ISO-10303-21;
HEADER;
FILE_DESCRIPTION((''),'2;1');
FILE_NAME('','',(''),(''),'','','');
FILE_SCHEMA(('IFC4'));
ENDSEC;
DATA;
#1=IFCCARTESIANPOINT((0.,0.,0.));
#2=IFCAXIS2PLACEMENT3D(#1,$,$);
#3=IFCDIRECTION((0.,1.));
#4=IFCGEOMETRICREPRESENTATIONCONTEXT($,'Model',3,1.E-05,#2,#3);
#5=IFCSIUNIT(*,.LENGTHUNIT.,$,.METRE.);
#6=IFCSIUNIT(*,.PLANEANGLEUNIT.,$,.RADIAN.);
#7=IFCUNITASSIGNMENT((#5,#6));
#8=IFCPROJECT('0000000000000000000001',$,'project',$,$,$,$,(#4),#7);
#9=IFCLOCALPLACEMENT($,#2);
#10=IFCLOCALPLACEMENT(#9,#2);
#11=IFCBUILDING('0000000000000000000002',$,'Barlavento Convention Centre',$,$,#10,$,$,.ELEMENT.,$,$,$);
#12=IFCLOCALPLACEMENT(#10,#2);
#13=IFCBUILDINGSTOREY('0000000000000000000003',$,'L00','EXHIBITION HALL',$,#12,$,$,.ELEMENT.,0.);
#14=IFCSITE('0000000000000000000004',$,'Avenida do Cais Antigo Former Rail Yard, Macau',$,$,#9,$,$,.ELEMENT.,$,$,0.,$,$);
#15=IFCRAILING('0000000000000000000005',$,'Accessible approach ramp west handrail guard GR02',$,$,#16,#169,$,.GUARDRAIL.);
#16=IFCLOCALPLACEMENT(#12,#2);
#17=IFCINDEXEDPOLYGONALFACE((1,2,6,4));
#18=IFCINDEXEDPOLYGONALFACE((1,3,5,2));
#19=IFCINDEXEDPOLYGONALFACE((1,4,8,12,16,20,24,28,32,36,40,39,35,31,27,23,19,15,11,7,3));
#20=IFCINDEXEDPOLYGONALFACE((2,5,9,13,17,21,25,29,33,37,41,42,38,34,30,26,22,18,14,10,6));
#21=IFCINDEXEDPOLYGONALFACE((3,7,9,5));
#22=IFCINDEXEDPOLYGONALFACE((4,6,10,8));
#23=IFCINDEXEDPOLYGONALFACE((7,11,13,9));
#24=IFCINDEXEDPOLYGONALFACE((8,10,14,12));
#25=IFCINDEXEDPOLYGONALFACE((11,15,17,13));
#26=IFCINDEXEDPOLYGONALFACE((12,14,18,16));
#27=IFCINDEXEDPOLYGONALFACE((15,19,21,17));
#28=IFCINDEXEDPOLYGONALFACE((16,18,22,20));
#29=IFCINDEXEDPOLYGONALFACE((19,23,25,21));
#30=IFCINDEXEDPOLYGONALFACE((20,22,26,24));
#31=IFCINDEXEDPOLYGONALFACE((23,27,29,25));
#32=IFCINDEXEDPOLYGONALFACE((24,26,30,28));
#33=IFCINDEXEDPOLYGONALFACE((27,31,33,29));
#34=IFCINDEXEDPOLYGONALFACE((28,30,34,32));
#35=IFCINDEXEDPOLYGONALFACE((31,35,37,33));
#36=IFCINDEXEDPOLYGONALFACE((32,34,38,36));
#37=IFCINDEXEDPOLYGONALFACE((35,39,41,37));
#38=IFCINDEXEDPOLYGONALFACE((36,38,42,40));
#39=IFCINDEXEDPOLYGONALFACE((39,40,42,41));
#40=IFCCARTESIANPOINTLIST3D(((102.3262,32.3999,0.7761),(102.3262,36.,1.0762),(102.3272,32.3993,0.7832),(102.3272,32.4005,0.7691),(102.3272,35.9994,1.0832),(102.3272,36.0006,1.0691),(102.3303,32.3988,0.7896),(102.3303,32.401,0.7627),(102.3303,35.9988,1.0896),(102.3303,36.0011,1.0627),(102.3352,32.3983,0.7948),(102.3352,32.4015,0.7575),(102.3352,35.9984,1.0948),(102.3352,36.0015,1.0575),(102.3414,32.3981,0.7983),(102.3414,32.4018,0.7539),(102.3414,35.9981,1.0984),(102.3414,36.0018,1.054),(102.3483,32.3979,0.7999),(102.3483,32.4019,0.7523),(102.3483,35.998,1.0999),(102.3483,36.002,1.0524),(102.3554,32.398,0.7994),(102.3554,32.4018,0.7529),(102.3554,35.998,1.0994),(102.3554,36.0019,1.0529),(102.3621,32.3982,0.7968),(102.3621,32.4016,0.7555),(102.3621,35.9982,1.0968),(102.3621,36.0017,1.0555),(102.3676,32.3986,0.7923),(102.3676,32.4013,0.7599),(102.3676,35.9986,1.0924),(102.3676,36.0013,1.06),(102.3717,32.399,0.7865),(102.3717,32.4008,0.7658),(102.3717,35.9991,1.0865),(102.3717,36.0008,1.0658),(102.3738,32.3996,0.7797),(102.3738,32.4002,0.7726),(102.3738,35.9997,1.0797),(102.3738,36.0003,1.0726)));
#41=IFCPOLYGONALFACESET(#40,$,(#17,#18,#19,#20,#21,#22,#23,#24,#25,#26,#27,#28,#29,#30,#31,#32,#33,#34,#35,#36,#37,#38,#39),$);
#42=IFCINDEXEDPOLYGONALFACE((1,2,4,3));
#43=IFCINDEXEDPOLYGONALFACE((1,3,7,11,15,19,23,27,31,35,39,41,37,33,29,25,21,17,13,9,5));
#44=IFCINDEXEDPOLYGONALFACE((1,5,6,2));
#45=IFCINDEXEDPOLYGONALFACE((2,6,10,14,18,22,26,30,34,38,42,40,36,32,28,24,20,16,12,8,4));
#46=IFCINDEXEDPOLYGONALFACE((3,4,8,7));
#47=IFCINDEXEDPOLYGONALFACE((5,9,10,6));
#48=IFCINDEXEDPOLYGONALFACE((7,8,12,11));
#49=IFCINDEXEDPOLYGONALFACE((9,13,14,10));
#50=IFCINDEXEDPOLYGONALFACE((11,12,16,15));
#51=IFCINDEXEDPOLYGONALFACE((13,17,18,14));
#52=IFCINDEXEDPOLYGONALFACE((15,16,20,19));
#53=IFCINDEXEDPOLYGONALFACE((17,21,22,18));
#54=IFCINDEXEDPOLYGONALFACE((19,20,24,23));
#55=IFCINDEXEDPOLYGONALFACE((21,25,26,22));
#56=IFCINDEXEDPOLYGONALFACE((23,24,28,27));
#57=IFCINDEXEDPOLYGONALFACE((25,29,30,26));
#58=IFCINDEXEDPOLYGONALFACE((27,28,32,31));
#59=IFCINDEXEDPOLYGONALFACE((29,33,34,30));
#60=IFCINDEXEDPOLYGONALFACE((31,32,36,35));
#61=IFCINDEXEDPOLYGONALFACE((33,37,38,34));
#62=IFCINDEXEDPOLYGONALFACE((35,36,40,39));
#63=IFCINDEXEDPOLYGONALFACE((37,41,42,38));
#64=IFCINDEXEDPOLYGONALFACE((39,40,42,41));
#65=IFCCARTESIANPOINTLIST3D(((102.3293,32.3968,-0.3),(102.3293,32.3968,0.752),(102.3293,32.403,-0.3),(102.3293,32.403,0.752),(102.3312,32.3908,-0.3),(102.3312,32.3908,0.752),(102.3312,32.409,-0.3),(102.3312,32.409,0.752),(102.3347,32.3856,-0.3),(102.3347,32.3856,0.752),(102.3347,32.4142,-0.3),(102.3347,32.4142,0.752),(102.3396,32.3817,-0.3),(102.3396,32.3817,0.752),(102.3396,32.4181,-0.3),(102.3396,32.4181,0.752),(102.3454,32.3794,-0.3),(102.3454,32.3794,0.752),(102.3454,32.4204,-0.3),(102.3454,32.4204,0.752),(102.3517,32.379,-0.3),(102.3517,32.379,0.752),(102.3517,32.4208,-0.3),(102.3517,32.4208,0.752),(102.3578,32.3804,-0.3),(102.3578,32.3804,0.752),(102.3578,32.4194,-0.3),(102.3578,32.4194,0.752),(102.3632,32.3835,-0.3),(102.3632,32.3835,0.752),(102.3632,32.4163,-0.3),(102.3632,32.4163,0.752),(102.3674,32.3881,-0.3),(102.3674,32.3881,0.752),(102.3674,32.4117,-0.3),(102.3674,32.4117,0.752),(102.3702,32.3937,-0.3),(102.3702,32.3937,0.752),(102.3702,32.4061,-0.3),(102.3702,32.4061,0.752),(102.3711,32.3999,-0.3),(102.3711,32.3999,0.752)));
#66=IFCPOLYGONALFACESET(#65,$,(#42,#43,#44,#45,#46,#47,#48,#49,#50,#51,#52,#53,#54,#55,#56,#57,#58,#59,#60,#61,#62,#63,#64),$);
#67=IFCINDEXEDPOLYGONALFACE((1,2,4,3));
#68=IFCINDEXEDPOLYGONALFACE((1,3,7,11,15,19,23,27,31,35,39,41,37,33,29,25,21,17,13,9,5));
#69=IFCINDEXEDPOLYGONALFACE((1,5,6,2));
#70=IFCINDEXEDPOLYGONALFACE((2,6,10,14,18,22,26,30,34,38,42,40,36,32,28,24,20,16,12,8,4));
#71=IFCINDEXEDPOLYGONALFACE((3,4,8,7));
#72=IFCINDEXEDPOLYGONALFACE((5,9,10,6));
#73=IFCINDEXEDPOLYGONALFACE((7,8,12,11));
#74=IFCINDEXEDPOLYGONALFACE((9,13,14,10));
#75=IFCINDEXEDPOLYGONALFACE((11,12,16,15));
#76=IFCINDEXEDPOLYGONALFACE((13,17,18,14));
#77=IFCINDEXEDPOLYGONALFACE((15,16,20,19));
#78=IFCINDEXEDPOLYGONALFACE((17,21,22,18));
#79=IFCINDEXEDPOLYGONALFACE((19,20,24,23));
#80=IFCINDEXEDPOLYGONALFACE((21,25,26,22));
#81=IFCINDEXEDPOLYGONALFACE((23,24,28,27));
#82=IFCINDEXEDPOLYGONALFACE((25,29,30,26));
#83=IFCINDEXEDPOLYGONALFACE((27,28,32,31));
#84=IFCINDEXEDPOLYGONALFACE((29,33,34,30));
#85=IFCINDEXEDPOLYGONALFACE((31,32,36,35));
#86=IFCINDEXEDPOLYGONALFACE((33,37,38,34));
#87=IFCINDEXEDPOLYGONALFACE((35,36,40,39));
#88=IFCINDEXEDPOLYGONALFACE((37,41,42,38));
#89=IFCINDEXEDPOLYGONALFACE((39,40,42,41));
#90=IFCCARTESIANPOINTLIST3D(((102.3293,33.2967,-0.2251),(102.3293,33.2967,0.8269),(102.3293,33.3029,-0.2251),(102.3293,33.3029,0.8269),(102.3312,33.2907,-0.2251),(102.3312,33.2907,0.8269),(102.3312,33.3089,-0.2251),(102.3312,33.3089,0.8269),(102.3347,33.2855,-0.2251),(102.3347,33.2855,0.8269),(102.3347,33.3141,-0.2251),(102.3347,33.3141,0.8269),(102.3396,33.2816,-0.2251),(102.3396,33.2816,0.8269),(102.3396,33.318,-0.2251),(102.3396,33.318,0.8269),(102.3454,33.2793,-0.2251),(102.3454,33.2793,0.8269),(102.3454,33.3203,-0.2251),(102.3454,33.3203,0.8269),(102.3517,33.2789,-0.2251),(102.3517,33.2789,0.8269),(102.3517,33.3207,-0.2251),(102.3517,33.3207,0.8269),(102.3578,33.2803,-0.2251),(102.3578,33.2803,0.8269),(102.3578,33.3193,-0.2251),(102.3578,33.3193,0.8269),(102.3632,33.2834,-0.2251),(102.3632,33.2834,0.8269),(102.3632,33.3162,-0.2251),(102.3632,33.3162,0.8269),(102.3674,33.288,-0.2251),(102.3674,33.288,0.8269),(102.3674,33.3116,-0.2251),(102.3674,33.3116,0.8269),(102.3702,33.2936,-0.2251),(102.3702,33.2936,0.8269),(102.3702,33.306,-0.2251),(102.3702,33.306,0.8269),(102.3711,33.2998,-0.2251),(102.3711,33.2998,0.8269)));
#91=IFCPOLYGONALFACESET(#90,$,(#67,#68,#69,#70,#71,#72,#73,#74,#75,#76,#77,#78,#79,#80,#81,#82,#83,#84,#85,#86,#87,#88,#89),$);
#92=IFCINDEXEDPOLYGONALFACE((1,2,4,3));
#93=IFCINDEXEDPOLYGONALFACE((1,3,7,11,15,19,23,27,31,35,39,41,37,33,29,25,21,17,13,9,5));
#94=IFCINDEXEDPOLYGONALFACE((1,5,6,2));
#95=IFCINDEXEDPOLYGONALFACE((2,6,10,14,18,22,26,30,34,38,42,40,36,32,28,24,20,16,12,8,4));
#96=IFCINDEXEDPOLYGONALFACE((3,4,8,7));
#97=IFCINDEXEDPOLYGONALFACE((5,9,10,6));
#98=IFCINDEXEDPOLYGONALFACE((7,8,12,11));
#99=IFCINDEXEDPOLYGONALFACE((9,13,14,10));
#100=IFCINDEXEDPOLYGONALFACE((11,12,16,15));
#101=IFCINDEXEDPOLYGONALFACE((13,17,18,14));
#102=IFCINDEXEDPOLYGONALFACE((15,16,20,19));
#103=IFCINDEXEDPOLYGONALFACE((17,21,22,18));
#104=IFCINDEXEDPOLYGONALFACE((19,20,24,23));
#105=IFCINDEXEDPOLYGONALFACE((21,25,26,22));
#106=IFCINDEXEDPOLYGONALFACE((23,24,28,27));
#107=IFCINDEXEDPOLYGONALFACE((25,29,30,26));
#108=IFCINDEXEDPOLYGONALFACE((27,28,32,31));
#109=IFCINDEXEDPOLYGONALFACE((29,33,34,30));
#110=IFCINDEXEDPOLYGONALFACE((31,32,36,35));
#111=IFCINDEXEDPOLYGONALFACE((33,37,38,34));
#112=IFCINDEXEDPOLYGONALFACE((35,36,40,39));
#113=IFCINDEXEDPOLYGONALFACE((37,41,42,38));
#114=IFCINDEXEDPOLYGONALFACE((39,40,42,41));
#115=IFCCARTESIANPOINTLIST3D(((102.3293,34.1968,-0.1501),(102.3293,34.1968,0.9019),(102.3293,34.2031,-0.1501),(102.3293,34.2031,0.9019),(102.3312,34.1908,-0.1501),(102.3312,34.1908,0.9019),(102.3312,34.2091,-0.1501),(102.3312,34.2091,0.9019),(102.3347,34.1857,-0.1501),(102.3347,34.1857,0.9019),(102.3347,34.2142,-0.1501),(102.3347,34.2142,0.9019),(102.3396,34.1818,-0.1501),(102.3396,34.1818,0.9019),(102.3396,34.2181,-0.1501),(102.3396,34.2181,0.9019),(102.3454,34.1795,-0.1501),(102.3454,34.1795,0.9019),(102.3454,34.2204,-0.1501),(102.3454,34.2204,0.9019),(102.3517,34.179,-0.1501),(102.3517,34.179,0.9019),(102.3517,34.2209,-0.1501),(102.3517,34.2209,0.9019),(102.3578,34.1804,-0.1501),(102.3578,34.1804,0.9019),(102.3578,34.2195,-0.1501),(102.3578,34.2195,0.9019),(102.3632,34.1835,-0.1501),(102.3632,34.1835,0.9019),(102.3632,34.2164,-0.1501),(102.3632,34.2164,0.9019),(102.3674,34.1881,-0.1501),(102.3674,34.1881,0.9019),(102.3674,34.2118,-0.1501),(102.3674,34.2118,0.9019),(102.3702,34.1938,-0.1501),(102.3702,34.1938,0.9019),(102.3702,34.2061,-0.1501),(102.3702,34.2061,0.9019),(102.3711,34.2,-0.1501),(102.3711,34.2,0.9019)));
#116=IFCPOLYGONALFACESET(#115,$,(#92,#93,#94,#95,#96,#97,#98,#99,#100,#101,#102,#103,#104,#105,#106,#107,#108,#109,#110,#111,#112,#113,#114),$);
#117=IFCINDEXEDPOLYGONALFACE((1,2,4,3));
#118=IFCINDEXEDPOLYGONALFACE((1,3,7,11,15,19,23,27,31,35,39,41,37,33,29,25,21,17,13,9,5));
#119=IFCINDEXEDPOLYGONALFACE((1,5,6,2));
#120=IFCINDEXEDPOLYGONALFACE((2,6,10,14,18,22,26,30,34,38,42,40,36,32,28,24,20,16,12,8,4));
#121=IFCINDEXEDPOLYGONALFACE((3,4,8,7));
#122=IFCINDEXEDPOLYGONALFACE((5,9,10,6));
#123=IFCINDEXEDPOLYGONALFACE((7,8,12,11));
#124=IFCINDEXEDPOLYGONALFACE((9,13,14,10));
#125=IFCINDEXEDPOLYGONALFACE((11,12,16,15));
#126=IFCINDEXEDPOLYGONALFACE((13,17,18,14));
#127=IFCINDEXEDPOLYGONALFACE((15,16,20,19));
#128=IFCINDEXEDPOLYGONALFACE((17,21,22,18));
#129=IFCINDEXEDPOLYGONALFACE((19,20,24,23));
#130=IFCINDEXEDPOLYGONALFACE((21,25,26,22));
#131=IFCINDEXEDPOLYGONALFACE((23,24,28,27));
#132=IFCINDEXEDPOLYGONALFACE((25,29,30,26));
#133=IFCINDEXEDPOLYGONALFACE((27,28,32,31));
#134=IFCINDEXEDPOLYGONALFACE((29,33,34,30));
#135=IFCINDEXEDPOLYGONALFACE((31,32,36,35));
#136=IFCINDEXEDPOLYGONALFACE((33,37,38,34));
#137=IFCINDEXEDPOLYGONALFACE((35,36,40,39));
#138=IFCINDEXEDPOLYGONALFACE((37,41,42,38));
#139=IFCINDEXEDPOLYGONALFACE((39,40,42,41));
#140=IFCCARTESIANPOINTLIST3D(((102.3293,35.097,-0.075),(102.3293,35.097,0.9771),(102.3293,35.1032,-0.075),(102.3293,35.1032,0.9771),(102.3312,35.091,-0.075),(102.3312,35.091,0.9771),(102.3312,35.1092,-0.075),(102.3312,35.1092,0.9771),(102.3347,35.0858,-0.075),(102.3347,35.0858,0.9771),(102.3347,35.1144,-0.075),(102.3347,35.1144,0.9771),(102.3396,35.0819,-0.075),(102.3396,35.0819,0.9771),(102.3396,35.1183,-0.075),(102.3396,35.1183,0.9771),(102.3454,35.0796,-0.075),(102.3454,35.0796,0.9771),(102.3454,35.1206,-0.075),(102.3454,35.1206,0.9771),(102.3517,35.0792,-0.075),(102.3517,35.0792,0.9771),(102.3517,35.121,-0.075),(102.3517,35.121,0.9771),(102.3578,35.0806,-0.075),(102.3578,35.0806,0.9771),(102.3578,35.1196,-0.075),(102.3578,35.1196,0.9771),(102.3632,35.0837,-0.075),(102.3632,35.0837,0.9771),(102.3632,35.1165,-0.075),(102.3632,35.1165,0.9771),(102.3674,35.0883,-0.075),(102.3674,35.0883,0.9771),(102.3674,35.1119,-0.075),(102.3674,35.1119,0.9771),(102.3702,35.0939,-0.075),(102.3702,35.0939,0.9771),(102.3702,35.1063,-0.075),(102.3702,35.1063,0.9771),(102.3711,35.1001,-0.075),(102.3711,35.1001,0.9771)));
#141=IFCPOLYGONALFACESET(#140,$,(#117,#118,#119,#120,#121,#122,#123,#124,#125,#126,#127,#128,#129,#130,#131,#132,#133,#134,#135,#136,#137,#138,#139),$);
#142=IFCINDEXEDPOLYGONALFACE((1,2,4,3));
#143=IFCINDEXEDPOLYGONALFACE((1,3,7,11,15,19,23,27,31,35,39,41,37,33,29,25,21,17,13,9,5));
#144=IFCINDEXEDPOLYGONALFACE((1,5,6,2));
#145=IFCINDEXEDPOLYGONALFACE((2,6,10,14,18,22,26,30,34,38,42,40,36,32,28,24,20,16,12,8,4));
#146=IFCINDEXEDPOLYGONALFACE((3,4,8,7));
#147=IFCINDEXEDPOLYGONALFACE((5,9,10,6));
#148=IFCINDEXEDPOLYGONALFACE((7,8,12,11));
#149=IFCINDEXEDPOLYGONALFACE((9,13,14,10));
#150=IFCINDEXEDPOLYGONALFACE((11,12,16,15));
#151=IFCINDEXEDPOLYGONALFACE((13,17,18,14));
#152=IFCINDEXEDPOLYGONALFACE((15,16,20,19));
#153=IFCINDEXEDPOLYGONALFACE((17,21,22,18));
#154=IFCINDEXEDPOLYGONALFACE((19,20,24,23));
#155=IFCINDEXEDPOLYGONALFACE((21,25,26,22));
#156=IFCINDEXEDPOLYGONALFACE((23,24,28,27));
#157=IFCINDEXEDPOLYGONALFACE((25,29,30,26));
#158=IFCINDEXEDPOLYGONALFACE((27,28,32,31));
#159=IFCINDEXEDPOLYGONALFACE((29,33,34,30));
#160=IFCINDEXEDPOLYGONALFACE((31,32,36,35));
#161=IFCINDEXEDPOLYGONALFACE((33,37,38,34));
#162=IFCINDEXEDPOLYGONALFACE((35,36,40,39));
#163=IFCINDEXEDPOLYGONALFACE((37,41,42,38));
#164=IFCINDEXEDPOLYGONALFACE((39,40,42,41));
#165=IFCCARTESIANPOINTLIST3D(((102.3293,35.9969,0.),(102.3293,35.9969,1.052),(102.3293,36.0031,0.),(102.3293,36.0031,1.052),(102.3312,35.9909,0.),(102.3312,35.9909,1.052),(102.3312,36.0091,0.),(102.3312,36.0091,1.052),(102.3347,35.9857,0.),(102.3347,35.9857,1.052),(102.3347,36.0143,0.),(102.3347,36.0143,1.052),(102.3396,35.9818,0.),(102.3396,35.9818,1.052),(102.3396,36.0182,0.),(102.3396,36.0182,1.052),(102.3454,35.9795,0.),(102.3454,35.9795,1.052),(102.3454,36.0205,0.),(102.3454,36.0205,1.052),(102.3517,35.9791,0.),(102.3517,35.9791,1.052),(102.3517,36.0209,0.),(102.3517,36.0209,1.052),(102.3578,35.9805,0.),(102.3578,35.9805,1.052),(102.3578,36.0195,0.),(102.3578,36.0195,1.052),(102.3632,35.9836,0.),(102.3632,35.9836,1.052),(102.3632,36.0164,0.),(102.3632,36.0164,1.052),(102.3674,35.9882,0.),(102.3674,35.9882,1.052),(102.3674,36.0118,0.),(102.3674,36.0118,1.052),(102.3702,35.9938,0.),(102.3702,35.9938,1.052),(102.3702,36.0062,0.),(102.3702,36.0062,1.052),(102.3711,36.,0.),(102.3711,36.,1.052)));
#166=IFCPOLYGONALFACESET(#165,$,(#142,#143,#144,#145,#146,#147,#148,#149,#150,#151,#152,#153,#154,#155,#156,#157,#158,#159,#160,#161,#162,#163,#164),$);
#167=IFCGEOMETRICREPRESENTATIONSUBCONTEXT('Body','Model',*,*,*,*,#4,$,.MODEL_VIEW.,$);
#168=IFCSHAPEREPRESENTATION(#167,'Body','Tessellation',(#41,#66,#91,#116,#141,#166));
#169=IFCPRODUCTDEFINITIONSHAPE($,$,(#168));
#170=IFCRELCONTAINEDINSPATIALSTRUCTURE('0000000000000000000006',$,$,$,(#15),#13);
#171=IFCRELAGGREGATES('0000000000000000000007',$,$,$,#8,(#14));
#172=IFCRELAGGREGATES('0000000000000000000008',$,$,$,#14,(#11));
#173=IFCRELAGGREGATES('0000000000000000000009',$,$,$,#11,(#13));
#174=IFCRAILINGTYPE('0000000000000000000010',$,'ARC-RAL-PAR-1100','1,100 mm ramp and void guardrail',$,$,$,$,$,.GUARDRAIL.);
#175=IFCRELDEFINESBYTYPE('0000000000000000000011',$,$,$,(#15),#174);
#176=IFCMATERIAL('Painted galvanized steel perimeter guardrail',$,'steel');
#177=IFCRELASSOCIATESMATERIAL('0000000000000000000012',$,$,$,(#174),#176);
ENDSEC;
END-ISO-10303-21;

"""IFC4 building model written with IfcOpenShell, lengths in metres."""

from ifc_helpers import new_model, si_unit, direction, frame, origin, origin_2d, place, context, subcontext, project, spatial, circle, extrude, material, type_object, element, save


model = new_model("IFC4")

# Units and contexts
model_context = context("Model", 3, precision=1e-05, world=origin(), true_north=direction((0.0, 1.0)))
body_context = subcontext(model_context, "Body", "Model", "MODEL_VIEW")
ifc_project = project(units=[si_unit("LENGTHUNIT", "METRE"), si_unit("PLANEANGLEUNIT", "RADIAN")], contexts=[model_context])

# Site, building, storey
site_placement = place(None, origin())
site = spatial("IfcSite", under=ifc_project, at=site_placement, Name="Avenida do Cais Antigo Former Rail Yard, Macau", CompositionType="ELEMENT", RefElevation=0.0)
building_placement = place(site_placement, origin())
building = spatial("IfcBuilding", under=site, at=building_placement, Name="Barlavento Convention Centre", CompositionType="ELEMENT")
storey_placement = place(building_placement, origin())
storey = spatial("IfcBuildingStorey", under=building, at=storey_placement, Name="L00", Description="EXHIBITION HALL", CompositionType="ELEMENT", Elevation=0.0)

# Railing
ifc_material_1 = material(Name="Painted galvanized steel perimeter guardrail", Category="steel")
railing_type = type_object("IfcRailingType", Name="ARC-RAL-PAR-1100", Description="1,100 mm ramp and void guardrail", PredefinedType="GUARDRAIL", material=ifc_material_1)
for number, where, name in (
    (1, (102.3501, 32.3999, -0.3), "Accessible approach ramp west handrail guard GR02"),
):
    element("IfcRailing", number, at=place(storey_placement, frame(where)), inside=storey, type_object=railing_type, Name=name, PredefinedType="GUARDRAIL", context=body_context, shape_type="SweptSolid", body=[
        extrude(circle(Radius=0.0239, at=origin_2d()), frame((0.0, 0.0, 1.0762), z_axis=(0.0, 0.996545, 0.083057), x_axis=(-1.0, 0.0, 0.0)), (0.0, 0.0, 1.0), 3.6125),
        extrude(circle(Radius=0.021, at=origin_2d()), origin(), (0.0, 0.0, 1.0), 1.052),
        extrude(circle(Radius=0.021, at=origin_2d()), frame((0.0, 0.8999, 0.075)), (0.0, 0.0, 1.0), 1.052),
        extrude(circle(Radius=0.021, at=origin_2d()), frame((0.0, 1.8, 0.1499)), (0.0, 0.0, 1.0), 1.052),
        extrude(circle(Radius=0.021, at=origin_2d()), frame((0.0, 2.7002, 0.2251)), (0.0, 0.0, 1.0), 1.052),
        extrude(circle(Radius=0.021, at=origin_2d()), frame((0.0, 3.6001, 0.3)), (0.0, 0.0, 1.0), 1.052),
    ])

save(model, "model.ifc")
